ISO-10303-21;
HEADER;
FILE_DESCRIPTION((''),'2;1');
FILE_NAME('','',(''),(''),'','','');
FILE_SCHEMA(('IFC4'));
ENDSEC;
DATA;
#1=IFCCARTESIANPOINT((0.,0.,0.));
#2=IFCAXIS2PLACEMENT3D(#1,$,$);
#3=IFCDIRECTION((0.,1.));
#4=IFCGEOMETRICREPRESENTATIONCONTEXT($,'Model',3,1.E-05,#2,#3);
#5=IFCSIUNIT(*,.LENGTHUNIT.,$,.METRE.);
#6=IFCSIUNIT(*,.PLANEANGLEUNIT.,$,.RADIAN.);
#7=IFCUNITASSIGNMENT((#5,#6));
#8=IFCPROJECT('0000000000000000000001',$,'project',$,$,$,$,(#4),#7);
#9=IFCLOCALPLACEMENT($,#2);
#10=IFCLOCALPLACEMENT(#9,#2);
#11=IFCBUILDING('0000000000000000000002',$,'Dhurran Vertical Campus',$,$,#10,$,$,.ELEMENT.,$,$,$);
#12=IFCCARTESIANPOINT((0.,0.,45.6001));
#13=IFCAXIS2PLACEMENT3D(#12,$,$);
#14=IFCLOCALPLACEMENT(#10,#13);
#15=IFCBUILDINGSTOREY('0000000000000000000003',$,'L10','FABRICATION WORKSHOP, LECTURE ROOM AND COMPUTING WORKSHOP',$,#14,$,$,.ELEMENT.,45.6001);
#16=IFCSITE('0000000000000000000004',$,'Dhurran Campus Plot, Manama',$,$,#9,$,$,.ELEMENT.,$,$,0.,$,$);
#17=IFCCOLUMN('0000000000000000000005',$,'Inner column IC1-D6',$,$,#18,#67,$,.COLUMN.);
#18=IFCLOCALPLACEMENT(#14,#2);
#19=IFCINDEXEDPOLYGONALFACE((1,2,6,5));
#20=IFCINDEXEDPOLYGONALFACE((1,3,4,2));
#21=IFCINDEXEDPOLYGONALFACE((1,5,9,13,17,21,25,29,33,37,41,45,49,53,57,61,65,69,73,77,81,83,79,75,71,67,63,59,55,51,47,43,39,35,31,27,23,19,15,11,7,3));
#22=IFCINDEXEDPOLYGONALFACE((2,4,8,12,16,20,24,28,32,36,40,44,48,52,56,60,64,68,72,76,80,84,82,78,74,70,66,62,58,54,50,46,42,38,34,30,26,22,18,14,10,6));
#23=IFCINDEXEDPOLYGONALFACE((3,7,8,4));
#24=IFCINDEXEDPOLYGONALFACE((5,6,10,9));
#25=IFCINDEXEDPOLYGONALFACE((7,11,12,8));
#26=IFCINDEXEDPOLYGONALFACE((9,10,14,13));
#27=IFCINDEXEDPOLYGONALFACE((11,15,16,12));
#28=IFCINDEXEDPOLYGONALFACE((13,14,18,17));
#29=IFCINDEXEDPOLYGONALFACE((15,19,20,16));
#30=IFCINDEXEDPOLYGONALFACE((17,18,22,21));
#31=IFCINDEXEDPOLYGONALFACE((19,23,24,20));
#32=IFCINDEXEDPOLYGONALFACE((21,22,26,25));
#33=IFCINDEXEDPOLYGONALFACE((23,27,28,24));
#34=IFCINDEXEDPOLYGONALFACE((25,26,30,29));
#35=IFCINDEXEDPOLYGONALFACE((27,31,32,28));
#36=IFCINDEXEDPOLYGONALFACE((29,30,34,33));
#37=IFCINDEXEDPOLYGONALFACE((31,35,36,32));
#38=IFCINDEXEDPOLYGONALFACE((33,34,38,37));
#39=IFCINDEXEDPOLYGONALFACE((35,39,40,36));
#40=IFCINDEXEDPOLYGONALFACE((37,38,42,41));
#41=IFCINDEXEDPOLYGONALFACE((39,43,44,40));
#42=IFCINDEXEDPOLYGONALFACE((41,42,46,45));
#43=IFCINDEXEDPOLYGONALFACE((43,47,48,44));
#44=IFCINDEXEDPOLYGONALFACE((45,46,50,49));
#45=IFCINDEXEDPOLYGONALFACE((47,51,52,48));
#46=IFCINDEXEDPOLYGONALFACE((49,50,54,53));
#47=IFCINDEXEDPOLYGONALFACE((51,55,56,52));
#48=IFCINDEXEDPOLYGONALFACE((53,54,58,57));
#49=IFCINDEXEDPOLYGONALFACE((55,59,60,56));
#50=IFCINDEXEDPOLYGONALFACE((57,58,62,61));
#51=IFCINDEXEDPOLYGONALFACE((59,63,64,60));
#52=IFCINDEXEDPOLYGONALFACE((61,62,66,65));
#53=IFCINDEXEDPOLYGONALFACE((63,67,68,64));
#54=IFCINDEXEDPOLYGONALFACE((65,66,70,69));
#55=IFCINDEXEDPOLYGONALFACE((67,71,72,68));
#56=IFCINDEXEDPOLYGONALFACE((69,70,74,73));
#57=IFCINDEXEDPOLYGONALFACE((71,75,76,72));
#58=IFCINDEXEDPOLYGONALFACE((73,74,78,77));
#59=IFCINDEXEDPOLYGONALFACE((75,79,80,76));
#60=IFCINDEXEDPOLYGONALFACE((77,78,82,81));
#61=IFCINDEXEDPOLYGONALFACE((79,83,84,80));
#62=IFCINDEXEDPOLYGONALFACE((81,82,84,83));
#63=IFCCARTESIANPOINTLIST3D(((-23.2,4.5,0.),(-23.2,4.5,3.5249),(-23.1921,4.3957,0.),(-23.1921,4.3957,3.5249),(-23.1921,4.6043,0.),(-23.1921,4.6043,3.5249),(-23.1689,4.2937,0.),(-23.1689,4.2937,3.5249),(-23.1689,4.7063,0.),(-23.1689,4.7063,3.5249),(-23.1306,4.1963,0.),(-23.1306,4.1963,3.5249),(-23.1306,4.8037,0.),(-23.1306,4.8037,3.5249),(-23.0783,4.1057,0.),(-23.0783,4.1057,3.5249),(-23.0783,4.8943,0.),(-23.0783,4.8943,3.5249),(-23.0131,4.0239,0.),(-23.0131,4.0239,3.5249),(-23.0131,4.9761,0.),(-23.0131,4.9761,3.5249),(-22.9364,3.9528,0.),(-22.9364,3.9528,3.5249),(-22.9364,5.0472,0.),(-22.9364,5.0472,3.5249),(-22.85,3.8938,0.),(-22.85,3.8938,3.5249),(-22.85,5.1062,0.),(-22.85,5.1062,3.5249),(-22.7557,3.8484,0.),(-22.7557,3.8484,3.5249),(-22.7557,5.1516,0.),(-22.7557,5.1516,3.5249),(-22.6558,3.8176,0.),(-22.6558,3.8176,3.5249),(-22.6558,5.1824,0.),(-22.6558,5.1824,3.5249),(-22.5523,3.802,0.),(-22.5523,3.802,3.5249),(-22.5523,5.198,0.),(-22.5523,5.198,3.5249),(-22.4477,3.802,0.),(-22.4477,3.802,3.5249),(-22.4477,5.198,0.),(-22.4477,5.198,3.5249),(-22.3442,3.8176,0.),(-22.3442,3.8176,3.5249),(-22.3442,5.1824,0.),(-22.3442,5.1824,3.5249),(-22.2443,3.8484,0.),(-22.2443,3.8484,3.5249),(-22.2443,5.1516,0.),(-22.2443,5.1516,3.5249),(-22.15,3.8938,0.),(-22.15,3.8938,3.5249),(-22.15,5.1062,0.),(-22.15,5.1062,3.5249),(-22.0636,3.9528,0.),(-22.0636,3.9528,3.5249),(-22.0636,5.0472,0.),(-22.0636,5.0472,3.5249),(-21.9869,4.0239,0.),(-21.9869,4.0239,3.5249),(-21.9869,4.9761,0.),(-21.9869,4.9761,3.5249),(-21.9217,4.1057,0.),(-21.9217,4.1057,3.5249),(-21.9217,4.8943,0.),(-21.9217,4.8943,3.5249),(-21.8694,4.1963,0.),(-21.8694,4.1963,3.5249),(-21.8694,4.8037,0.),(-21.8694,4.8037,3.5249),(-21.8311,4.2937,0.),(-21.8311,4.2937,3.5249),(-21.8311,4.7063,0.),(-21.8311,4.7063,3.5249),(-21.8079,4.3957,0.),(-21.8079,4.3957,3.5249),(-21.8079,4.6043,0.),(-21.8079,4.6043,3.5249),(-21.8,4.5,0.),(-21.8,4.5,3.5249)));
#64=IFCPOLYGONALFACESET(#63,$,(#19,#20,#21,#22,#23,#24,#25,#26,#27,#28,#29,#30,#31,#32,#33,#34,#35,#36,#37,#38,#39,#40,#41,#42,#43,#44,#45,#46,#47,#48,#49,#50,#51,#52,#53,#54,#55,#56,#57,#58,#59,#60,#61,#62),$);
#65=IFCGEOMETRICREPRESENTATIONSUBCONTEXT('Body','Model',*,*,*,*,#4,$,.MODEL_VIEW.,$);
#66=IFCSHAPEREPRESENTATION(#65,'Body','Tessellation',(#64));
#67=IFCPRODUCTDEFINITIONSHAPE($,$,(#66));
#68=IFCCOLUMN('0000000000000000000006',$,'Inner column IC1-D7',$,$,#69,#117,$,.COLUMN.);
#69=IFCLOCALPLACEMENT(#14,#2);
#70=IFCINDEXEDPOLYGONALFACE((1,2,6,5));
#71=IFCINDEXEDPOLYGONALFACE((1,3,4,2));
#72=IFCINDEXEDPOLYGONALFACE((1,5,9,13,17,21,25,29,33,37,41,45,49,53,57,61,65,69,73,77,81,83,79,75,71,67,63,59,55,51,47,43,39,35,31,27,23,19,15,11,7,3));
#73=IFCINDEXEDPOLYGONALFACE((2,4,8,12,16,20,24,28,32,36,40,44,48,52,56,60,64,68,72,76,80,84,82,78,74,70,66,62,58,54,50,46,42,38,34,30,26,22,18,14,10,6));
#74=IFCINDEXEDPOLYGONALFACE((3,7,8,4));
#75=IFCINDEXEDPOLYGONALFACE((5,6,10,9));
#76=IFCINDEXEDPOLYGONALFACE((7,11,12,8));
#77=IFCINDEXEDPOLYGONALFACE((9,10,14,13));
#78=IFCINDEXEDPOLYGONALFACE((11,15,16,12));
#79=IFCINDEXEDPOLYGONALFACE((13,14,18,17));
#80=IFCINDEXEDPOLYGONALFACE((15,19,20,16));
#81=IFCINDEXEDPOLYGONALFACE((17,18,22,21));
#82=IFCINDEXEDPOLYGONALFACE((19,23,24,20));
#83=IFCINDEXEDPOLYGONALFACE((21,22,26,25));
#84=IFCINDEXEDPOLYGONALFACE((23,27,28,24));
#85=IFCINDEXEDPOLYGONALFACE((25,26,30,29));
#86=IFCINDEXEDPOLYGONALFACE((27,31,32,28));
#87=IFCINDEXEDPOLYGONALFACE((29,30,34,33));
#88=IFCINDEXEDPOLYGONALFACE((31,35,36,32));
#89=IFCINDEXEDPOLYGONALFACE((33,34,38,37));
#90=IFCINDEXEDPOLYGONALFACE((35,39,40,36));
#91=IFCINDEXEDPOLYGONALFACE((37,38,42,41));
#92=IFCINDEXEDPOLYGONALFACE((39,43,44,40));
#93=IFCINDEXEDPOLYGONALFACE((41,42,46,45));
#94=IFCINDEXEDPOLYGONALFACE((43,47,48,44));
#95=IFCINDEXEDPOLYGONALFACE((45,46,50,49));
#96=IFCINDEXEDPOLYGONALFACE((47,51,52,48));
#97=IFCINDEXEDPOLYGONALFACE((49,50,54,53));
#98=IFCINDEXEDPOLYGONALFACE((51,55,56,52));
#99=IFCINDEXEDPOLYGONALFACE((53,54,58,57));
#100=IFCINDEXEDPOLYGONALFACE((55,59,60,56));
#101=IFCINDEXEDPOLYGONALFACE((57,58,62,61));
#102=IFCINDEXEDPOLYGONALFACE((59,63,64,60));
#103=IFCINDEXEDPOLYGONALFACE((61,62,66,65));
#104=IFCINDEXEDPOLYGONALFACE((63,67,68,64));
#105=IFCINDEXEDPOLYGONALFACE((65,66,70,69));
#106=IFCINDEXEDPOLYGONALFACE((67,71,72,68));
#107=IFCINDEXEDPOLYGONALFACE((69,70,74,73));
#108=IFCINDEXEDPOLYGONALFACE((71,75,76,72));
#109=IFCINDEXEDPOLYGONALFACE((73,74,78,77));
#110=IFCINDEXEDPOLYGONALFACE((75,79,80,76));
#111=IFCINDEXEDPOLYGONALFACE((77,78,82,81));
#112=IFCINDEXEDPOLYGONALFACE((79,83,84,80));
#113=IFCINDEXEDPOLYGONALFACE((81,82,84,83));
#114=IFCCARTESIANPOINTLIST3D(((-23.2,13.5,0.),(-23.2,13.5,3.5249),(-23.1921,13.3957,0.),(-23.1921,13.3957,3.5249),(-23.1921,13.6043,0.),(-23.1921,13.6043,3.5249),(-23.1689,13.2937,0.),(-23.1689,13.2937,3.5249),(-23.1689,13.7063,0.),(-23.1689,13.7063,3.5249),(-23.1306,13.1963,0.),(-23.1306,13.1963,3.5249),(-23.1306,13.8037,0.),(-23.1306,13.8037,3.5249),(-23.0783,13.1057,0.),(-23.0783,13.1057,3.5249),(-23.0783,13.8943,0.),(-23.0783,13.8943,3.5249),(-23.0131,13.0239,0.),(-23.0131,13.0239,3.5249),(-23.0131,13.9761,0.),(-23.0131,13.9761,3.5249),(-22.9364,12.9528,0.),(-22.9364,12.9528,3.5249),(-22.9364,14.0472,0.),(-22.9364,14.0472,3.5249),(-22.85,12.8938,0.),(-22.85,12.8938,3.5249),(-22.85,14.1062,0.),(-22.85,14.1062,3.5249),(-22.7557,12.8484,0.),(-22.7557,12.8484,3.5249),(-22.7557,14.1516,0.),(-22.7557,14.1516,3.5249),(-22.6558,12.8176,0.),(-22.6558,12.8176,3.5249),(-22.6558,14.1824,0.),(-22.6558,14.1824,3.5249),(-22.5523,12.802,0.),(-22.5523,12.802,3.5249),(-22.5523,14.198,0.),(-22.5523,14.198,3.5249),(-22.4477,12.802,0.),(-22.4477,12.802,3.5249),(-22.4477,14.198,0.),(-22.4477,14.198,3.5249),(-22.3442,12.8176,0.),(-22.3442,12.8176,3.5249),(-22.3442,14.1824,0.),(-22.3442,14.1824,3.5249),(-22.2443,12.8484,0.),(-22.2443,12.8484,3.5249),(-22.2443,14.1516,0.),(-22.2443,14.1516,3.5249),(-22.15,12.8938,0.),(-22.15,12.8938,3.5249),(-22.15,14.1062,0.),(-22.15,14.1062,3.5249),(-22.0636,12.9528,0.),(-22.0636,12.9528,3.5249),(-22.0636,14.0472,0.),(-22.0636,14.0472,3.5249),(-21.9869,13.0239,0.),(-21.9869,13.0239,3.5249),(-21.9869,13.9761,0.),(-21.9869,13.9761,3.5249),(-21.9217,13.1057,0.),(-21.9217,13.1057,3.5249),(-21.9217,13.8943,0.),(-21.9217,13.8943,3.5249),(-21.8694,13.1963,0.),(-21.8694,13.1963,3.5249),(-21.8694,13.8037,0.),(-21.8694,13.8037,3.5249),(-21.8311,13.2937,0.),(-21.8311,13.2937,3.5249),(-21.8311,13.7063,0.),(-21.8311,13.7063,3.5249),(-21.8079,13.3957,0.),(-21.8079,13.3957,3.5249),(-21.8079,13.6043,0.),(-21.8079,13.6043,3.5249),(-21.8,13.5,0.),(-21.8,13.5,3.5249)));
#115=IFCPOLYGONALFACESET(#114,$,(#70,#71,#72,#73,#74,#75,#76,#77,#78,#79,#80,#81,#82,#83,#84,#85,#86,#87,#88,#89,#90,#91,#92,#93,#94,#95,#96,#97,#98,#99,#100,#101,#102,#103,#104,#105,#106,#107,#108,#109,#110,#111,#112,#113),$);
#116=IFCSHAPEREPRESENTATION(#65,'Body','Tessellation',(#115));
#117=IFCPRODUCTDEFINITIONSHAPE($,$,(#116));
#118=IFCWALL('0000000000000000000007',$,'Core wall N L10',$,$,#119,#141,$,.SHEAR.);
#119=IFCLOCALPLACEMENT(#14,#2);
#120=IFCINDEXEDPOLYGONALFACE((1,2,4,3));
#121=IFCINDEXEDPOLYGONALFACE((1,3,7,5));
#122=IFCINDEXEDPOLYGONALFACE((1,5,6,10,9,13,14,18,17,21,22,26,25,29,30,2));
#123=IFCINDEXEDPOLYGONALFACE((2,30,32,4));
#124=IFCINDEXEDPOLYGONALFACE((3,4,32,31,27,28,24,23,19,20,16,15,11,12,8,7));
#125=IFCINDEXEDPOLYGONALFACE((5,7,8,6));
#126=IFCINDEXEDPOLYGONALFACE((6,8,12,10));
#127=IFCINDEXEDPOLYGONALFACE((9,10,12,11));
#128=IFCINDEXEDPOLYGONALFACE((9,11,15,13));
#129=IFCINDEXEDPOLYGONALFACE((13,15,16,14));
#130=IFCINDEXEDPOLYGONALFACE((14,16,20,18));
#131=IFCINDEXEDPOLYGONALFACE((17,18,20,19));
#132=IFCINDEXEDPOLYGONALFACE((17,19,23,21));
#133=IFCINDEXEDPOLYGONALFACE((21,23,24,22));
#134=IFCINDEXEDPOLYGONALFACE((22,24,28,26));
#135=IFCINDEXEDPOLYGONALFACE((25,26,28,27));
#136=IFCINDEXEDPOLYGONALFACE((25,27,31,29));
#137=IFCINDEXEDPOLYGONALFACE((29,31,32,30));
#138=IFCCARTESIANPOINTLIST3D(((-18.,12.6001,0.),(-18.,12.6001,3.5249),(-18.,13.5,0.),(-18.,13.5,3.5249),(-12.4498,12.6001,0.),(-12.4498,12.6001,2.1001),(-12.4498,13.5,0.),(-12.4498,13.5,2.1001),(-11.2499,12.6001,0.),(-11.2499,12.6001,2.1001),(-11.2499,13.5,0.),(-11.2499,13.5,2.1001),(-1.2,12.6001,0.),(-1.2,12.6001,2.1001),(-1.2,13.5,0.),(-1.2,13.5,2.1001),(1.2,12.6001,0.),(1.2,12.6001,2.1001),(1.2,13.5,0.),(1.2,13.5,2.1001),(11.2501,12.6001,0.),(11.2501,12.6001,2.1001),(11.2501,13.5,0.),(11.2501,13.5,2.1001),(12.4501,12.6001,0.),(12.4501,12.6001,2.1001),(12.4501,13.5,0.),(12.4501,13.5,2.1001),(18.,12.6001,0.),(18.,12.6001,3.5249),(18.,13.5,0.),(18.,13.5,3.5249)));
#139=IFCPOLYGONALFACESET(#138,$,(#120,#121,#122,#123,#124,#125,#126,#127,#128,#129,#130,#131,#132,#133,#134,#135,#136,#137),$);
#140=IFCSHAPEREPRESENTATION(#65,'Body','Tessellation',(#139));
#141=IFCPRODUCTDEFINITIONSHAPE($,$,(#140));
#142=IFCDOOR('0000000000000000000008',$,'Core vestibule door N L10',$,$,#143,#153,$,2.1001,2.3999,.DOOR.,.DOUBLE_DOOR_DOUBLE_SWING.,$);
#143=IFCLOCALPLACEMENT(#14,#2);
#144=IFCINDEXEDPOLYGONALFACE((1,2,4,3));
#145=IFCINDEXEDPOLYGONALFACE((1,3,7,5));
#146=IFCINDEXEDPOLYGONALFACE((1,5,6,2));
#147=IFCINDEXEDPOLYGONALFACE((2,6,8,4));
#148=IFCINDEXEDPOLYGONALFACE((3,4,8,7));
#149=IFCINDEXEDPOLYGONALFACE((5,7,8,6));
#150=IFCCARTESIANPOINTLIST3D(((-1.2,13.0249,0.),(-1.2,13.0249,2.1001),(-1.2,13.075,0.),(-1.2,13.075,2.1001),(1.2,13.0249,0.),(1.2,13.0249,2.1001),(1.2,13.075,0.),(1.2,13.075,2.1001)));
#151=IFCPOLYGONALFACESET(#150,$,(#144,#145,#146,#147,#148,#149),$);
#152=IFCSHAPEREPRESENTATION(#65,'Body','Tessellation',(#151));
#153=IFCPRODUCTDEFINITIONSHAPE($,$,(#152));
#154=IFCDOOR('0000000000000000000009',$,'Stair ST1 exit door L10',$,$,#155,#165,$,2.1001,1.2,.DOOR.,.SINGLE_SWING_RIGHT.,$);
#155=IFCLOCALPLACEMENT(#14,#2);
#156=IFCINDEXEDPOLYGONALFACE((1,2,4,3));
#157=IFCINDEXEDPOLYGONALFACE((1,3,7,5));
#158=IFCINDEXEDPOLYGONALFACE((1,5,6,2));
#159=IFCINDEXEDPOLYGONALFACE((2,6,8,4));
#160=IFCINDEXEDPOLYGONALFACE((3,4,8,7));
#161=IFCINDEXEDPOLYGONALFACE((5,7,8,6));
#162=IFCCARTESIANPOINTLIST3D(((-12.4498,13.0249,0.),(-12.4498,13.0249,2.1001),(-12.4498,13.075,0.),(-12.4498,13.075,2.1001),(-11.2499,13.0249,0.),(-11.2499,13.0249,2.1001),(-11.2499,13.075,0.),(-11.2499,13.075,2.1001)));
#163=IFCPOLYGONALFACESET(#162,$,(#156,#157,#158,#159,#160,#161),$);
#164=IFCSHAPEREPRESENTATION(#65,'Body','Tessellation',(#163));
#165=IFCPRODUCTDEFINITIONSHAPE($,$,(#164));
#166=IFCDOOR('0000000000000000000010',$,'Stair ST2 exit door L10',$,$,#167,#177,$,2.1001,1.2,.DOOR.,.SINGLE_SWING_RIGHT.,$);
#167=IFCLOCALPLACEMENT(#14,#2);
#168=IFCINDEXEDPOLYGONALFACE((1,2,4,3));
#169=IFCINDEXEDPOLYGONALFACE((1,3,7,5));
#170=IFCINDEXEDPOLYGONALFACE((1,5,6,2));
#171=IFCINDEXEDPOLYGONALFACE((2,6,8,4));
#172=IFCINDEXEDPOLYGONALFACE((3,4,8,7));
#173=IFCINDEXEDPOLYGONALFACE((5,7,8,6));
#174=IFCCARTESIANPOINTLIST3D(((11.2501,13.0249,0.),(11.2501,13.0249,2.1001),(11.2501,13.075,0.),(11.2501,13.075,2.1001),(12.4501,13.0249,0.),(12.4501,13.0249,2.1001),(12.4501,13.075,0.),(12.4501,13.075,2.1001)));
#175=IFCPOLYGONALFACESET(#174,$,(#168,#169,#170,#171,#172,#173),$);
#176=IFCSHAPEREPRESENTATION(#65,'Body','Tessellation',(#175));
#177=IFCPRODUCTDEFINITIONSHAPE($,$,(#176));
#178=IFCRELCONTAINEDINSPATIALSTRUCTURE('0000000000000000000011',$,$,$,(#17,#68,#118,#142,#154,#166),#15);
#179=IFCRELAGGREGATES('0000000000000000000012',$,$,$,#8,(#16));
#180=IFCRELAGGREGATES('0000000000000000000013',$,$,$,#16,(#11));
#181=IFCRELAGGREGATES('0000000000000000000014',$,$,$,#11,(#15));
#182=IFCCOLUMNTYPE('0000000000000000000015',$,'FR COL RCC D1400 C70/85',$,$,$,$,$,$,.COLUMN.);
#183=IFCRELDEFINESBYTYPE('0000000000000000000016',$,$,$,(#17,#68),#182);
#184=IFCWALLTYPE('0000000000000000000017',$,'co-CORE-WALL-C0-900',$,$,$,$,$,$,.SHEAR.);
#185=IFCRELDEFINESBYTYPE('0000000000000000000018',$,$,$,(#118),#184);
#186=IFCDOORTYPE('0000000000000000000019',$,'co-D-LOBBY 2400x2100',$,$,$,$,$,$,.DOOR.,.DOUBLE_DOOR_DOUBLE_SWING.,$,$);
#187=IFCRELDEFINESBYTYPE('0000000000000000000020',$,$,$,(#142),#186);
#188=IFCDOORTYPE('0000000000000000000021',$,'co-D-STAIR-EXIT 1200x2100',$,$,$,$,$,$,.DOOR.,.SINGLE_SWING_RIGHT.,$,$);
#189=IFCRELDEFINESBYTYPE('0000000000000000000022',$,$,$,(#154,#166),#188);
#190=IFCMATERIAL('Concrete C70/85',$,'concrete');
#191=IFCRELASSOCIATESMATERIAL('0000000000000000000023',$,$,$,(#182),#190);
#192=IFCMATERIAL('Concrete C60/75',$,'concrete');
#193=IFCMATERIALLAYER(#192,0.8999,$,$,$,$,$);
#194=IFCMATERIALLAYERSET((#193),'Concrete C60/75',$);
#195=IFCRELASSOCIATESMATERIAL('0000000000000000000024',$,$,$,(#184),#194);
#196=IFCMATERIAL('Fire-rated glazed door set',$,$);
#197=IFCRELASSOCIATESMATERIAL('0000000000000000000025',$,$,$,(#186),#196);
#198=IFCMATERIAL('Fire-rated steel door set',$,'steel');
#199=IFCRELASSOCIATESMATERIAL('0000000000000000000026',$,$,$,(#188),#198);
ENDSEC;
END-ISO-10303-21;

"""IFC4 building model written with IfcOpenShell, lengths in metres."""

from ifc_helpers import new_model, si_unit, direction, frame, frame_2d, origin, origin_2d, place, context, subcontext, project, spatial, rectangle, circle, extrude, material, layer, layer_set, material_profile, profile_set, type_object, element, fill, save


model = new_model("IFC4")

# Units and contexts
model_context = context("Model", 3, precision=1e-05, world=origin(), true_north=direction((0.0, 1.0)))
body_context = subcontext(model_context, "Body", "Model", "MODEL_VIEW")
ifc_project = project(units=[si_unit("LENGTHUNIT", "METRE"), si_unit("PLANEANGLEUNIT", "RADIAN")], contexts=[model_context])

# Site, building, storey
site_placement = place(None, origin())
site = spatial("IfcSite", under=ifc_project, at=site_placement, Name="Dhurran Campus Plot, Manama", CompositionType="ELEMENT", RefElevation=0.0)
building_placement = place(site_placement, origin())
building = spatial("IfcBuilding", under=site, at=building_placement, Name="Dhurran Vertical Campus", CompositionType="ELEMENT")
storey_placement = place(building_placement, frame((0.0, 0.0, 45.6001)))
storey = spatial("IfcBuildingStorey", under=building, at=storey_placement, Name="L10", Description="FABRICATION WORKSHOP, LECTURE ROOM AND COMPUTING WORKSHOP", CompositionType="ELEMENT", Elevation=45.6001)

# Columns
ifc_material_1 = material(Name="Concrete C70/85", Category="concrete")
ifc_material_profile = material_profile(ifc_material_1, circle(Radius=0.7, at=origin_2d()), Name="RCC D1400")
ifc_profile_set = profile_set([ifc_material_profile], Name="Concrete C70/85")
column_type = type_object("IfcColumnType", Name="FR COL RCC D1400 C70/85", PredefinedType="COLUMN", material=ifc_profile_set)
for number, where, z_axis, x_axis, name in (
    (1, (-22.5, 4.5, 0.0), (0.0, 0.0, 1.0), (1.0, 0.0, 0.0), "Inner column IC1-D6"),
    (2, (-22.5, 13.5, 0.0), (0.0, 0.0, 1.0), (1.0, 0.0, 0.0), "Inner column IC1-D7"),
):
    element("IfcColumn", number, at=place(storey_placement, frame(where, z_axis=z_axis, x_axis=x_axis)), inside=storey, type_object=column_type, Name=name, PredefinedType="COLUMN", context=body_context, shape_type="SweptSolid", body=[
        extrude(circle(Radius=0.7, at=origin_2d()), origin(), (0.0, 0.0, 1.0), 3.5249),
    ])

# Wall, openings, doors
ifc_material_2 = material(Name="Concrete C60/75", Category="concrete")
ifc_layer_1 = layer(ifc_material_2, 0.8999)
ifc_layer_set_1 = layer_set([ifc_layer_1], Name="Concrete C60/75")
wall_type_1 = type_object("IfcWallType", Name="co-CORE-WALL-C0-900", PredefinedType="SHEAR", material=ifc_layer_set_1)
wall_1_placement = place(storey_placement, frame((-18.0, 13.05, 0.0), z_axis=(0.0, 0.0, 1.0), x_axis=(1.0, 0.0, 0.0)))
wall_1 = element("IfcWall", 3, at=wall_1_placement, inside=storey, type_object=wall_type_1, Name="Core wall N L10", PredefinedType="SHEAR", context=body_context, shape_type="SweptSolid", body=[
    extrude(rectangle(XDim=36.0, YDim=0.8999, at=frame_2d((18.0, 0.0))), origin(), (0.0, 0.0, 1.0), 3.5249),
])
opening_1_placement = place(wall_1_placement, frame((16.8, 0.0, 0.0)))
opening_1 = element("IfcOpeningElement", 4, at=opening_1_placement, cuts=wall_1, PredefinedType="OPENING", context=body_context, shape_type="SweptSolid", body=[
    extrude(rectangle(XDim=2.3999, YDim=2.1001, at=frame_2d((1.2, 1.05))), frame((0.0, 0.46, 0.0), z_axis=(0.0, -1.0, 0.0), x_axis=(1.0, 0.0, 0.0)), (0.0, 0.0, 1.0), 0.9199),
])
opening_2_placement = place(wall_1_placement, frame((5.55, 0.0, 0.0)))
opening_2 = element("IfcOpeningElement", 5, at=opening_2_placement, cuts=wall_1, PredefinedType="OPENING", context=body_context, shape_type="SweptSolid", body=[
    extrude(rectangle(XDim=1.2, YDim=2.1001, at=frame_2d((0.6001, 1.05))), frame((0.0, 0.46, 0.0), z_axis=(0.0, -1.0, 0.0), x_axis=(1.0, 0.0, 0.0)), (0.0, 0.0, 1.0), 0.9199),
])
opening_3_placement = place(wall_1_placement, frame((29.25, 0.0, 0.0)))
opening_3 = element("IfcOpeningElement", 6, at=opening_3_placement, cuts=wall_1, PredefinedType="OPENING", context=body_context, shape_type="SweptSolid", body=[
    extrude(rectangle(XDim=1.2, YDim=2.1001, at=frame_2d((0.6001, 1.05))), frame((0.0, 0.46, 0.0), z_axis=(0.0, -1.0, 0.0), x_axis=(1.0, 0.0, 0.0)), (0.0, 0.0, 1.0), 0.9199),
])
ifc_material_3 = material(Name="Fire-rated glazed door set")
door_type_1 = type_object("IfcDoorType", Name="co-D-LOBBY 2400x2100", OperationType="DOUBLE_DOOR_DOUBLE_SWING", PredefinedType="DOOR", material=ifc_material_3)
door_1_placement = place(opening_1_placement, origin())
door_1 = element("IfcDoor", 7, at=door_1_placement, inside=storey, type_object=door_type_1, Name="Core vestibule door N L10", OperationType="DOUBLE_DOOR_DOUBLE_SWING", OverallHeight=2.1001, OverallWidth=2.3999, PredefinedType="DOOR", context=body_context, shape_type="SweptSolid", body=[
    extrude(rectangle(XDim=2.3999, YDim=2.1001, at=frame_2d((1.2, 1.05))), frame((0.0, 0.0249, 0.0), z_axis=(0.0, -1.0, 0.0), x_axis=(1.0, 0.0, 0.0)), (0.0, 0.0, 1.0), 0.05),
])
fill(opening_1, door_1)
ifc_material_4 = material(Name="Fire-rated steel door set", Category="steel")
door_type_2 = type_object("IfcDoorType", Name="co-D-STAIR-EXIT 1200x2100", OperationType="SINGLE_SWING_RIGHT", PredefinedType="DOOR", material=ifc_material_4)
door_2_placement = place(opening_2_placement, origin())
door_2 = element("IfcDoor", 8, at=door_2_placement, inside=storey, type_object=door_type_2, Name="Stair ST1 exit door L10", OperationType="SINGLE_SWING_RIGHT", OverallHeight=2.1001, OverallWidth=1.2, PredefinedType="DOOR", context=body_context, shape_type="SweptSolid", body=[
    extrude(rectangle(XDim=1.2, YDim=2.1001, at=frame_2d((0.6001, 1.05))), frame((0.0, 0.0249, 0.0), z_axis=(0.0, -1.0, 0.0), x_axis=(1.0, 0.0, 0.0)), (0.0, 0.0, 1.0), 0.05),
])
fill(opening_2, door_2)
door_3_placement = place(opening_3_placement, origin())
door_3 = element("IfcDoor", 9, at=door_3_placement, inside=storey, type_object=door_type_2, Name="Stair ST2 exit door L10", OperationType="SINGLE_SWING_RIGHT", OverallHeight=2.1001, OverallWidth=1.2, PredefinedType="DOOR", context=body_context, shape_type="SweptSolid", body=[
    extrude(rectangle(XDim=1.2, YDim=2.1001, at=frame_2d((0.6001, 1.05))), frame((0.0, 0.0249, 0.0), z_axis=(0.0, -1.0, 0.0), x_axis=(1.0, 0.0, 0.0)), (0.0, 0.0, 1.0), 0.05),
])
fill(opening_3, door_3)

save(model, "model.ifc")
